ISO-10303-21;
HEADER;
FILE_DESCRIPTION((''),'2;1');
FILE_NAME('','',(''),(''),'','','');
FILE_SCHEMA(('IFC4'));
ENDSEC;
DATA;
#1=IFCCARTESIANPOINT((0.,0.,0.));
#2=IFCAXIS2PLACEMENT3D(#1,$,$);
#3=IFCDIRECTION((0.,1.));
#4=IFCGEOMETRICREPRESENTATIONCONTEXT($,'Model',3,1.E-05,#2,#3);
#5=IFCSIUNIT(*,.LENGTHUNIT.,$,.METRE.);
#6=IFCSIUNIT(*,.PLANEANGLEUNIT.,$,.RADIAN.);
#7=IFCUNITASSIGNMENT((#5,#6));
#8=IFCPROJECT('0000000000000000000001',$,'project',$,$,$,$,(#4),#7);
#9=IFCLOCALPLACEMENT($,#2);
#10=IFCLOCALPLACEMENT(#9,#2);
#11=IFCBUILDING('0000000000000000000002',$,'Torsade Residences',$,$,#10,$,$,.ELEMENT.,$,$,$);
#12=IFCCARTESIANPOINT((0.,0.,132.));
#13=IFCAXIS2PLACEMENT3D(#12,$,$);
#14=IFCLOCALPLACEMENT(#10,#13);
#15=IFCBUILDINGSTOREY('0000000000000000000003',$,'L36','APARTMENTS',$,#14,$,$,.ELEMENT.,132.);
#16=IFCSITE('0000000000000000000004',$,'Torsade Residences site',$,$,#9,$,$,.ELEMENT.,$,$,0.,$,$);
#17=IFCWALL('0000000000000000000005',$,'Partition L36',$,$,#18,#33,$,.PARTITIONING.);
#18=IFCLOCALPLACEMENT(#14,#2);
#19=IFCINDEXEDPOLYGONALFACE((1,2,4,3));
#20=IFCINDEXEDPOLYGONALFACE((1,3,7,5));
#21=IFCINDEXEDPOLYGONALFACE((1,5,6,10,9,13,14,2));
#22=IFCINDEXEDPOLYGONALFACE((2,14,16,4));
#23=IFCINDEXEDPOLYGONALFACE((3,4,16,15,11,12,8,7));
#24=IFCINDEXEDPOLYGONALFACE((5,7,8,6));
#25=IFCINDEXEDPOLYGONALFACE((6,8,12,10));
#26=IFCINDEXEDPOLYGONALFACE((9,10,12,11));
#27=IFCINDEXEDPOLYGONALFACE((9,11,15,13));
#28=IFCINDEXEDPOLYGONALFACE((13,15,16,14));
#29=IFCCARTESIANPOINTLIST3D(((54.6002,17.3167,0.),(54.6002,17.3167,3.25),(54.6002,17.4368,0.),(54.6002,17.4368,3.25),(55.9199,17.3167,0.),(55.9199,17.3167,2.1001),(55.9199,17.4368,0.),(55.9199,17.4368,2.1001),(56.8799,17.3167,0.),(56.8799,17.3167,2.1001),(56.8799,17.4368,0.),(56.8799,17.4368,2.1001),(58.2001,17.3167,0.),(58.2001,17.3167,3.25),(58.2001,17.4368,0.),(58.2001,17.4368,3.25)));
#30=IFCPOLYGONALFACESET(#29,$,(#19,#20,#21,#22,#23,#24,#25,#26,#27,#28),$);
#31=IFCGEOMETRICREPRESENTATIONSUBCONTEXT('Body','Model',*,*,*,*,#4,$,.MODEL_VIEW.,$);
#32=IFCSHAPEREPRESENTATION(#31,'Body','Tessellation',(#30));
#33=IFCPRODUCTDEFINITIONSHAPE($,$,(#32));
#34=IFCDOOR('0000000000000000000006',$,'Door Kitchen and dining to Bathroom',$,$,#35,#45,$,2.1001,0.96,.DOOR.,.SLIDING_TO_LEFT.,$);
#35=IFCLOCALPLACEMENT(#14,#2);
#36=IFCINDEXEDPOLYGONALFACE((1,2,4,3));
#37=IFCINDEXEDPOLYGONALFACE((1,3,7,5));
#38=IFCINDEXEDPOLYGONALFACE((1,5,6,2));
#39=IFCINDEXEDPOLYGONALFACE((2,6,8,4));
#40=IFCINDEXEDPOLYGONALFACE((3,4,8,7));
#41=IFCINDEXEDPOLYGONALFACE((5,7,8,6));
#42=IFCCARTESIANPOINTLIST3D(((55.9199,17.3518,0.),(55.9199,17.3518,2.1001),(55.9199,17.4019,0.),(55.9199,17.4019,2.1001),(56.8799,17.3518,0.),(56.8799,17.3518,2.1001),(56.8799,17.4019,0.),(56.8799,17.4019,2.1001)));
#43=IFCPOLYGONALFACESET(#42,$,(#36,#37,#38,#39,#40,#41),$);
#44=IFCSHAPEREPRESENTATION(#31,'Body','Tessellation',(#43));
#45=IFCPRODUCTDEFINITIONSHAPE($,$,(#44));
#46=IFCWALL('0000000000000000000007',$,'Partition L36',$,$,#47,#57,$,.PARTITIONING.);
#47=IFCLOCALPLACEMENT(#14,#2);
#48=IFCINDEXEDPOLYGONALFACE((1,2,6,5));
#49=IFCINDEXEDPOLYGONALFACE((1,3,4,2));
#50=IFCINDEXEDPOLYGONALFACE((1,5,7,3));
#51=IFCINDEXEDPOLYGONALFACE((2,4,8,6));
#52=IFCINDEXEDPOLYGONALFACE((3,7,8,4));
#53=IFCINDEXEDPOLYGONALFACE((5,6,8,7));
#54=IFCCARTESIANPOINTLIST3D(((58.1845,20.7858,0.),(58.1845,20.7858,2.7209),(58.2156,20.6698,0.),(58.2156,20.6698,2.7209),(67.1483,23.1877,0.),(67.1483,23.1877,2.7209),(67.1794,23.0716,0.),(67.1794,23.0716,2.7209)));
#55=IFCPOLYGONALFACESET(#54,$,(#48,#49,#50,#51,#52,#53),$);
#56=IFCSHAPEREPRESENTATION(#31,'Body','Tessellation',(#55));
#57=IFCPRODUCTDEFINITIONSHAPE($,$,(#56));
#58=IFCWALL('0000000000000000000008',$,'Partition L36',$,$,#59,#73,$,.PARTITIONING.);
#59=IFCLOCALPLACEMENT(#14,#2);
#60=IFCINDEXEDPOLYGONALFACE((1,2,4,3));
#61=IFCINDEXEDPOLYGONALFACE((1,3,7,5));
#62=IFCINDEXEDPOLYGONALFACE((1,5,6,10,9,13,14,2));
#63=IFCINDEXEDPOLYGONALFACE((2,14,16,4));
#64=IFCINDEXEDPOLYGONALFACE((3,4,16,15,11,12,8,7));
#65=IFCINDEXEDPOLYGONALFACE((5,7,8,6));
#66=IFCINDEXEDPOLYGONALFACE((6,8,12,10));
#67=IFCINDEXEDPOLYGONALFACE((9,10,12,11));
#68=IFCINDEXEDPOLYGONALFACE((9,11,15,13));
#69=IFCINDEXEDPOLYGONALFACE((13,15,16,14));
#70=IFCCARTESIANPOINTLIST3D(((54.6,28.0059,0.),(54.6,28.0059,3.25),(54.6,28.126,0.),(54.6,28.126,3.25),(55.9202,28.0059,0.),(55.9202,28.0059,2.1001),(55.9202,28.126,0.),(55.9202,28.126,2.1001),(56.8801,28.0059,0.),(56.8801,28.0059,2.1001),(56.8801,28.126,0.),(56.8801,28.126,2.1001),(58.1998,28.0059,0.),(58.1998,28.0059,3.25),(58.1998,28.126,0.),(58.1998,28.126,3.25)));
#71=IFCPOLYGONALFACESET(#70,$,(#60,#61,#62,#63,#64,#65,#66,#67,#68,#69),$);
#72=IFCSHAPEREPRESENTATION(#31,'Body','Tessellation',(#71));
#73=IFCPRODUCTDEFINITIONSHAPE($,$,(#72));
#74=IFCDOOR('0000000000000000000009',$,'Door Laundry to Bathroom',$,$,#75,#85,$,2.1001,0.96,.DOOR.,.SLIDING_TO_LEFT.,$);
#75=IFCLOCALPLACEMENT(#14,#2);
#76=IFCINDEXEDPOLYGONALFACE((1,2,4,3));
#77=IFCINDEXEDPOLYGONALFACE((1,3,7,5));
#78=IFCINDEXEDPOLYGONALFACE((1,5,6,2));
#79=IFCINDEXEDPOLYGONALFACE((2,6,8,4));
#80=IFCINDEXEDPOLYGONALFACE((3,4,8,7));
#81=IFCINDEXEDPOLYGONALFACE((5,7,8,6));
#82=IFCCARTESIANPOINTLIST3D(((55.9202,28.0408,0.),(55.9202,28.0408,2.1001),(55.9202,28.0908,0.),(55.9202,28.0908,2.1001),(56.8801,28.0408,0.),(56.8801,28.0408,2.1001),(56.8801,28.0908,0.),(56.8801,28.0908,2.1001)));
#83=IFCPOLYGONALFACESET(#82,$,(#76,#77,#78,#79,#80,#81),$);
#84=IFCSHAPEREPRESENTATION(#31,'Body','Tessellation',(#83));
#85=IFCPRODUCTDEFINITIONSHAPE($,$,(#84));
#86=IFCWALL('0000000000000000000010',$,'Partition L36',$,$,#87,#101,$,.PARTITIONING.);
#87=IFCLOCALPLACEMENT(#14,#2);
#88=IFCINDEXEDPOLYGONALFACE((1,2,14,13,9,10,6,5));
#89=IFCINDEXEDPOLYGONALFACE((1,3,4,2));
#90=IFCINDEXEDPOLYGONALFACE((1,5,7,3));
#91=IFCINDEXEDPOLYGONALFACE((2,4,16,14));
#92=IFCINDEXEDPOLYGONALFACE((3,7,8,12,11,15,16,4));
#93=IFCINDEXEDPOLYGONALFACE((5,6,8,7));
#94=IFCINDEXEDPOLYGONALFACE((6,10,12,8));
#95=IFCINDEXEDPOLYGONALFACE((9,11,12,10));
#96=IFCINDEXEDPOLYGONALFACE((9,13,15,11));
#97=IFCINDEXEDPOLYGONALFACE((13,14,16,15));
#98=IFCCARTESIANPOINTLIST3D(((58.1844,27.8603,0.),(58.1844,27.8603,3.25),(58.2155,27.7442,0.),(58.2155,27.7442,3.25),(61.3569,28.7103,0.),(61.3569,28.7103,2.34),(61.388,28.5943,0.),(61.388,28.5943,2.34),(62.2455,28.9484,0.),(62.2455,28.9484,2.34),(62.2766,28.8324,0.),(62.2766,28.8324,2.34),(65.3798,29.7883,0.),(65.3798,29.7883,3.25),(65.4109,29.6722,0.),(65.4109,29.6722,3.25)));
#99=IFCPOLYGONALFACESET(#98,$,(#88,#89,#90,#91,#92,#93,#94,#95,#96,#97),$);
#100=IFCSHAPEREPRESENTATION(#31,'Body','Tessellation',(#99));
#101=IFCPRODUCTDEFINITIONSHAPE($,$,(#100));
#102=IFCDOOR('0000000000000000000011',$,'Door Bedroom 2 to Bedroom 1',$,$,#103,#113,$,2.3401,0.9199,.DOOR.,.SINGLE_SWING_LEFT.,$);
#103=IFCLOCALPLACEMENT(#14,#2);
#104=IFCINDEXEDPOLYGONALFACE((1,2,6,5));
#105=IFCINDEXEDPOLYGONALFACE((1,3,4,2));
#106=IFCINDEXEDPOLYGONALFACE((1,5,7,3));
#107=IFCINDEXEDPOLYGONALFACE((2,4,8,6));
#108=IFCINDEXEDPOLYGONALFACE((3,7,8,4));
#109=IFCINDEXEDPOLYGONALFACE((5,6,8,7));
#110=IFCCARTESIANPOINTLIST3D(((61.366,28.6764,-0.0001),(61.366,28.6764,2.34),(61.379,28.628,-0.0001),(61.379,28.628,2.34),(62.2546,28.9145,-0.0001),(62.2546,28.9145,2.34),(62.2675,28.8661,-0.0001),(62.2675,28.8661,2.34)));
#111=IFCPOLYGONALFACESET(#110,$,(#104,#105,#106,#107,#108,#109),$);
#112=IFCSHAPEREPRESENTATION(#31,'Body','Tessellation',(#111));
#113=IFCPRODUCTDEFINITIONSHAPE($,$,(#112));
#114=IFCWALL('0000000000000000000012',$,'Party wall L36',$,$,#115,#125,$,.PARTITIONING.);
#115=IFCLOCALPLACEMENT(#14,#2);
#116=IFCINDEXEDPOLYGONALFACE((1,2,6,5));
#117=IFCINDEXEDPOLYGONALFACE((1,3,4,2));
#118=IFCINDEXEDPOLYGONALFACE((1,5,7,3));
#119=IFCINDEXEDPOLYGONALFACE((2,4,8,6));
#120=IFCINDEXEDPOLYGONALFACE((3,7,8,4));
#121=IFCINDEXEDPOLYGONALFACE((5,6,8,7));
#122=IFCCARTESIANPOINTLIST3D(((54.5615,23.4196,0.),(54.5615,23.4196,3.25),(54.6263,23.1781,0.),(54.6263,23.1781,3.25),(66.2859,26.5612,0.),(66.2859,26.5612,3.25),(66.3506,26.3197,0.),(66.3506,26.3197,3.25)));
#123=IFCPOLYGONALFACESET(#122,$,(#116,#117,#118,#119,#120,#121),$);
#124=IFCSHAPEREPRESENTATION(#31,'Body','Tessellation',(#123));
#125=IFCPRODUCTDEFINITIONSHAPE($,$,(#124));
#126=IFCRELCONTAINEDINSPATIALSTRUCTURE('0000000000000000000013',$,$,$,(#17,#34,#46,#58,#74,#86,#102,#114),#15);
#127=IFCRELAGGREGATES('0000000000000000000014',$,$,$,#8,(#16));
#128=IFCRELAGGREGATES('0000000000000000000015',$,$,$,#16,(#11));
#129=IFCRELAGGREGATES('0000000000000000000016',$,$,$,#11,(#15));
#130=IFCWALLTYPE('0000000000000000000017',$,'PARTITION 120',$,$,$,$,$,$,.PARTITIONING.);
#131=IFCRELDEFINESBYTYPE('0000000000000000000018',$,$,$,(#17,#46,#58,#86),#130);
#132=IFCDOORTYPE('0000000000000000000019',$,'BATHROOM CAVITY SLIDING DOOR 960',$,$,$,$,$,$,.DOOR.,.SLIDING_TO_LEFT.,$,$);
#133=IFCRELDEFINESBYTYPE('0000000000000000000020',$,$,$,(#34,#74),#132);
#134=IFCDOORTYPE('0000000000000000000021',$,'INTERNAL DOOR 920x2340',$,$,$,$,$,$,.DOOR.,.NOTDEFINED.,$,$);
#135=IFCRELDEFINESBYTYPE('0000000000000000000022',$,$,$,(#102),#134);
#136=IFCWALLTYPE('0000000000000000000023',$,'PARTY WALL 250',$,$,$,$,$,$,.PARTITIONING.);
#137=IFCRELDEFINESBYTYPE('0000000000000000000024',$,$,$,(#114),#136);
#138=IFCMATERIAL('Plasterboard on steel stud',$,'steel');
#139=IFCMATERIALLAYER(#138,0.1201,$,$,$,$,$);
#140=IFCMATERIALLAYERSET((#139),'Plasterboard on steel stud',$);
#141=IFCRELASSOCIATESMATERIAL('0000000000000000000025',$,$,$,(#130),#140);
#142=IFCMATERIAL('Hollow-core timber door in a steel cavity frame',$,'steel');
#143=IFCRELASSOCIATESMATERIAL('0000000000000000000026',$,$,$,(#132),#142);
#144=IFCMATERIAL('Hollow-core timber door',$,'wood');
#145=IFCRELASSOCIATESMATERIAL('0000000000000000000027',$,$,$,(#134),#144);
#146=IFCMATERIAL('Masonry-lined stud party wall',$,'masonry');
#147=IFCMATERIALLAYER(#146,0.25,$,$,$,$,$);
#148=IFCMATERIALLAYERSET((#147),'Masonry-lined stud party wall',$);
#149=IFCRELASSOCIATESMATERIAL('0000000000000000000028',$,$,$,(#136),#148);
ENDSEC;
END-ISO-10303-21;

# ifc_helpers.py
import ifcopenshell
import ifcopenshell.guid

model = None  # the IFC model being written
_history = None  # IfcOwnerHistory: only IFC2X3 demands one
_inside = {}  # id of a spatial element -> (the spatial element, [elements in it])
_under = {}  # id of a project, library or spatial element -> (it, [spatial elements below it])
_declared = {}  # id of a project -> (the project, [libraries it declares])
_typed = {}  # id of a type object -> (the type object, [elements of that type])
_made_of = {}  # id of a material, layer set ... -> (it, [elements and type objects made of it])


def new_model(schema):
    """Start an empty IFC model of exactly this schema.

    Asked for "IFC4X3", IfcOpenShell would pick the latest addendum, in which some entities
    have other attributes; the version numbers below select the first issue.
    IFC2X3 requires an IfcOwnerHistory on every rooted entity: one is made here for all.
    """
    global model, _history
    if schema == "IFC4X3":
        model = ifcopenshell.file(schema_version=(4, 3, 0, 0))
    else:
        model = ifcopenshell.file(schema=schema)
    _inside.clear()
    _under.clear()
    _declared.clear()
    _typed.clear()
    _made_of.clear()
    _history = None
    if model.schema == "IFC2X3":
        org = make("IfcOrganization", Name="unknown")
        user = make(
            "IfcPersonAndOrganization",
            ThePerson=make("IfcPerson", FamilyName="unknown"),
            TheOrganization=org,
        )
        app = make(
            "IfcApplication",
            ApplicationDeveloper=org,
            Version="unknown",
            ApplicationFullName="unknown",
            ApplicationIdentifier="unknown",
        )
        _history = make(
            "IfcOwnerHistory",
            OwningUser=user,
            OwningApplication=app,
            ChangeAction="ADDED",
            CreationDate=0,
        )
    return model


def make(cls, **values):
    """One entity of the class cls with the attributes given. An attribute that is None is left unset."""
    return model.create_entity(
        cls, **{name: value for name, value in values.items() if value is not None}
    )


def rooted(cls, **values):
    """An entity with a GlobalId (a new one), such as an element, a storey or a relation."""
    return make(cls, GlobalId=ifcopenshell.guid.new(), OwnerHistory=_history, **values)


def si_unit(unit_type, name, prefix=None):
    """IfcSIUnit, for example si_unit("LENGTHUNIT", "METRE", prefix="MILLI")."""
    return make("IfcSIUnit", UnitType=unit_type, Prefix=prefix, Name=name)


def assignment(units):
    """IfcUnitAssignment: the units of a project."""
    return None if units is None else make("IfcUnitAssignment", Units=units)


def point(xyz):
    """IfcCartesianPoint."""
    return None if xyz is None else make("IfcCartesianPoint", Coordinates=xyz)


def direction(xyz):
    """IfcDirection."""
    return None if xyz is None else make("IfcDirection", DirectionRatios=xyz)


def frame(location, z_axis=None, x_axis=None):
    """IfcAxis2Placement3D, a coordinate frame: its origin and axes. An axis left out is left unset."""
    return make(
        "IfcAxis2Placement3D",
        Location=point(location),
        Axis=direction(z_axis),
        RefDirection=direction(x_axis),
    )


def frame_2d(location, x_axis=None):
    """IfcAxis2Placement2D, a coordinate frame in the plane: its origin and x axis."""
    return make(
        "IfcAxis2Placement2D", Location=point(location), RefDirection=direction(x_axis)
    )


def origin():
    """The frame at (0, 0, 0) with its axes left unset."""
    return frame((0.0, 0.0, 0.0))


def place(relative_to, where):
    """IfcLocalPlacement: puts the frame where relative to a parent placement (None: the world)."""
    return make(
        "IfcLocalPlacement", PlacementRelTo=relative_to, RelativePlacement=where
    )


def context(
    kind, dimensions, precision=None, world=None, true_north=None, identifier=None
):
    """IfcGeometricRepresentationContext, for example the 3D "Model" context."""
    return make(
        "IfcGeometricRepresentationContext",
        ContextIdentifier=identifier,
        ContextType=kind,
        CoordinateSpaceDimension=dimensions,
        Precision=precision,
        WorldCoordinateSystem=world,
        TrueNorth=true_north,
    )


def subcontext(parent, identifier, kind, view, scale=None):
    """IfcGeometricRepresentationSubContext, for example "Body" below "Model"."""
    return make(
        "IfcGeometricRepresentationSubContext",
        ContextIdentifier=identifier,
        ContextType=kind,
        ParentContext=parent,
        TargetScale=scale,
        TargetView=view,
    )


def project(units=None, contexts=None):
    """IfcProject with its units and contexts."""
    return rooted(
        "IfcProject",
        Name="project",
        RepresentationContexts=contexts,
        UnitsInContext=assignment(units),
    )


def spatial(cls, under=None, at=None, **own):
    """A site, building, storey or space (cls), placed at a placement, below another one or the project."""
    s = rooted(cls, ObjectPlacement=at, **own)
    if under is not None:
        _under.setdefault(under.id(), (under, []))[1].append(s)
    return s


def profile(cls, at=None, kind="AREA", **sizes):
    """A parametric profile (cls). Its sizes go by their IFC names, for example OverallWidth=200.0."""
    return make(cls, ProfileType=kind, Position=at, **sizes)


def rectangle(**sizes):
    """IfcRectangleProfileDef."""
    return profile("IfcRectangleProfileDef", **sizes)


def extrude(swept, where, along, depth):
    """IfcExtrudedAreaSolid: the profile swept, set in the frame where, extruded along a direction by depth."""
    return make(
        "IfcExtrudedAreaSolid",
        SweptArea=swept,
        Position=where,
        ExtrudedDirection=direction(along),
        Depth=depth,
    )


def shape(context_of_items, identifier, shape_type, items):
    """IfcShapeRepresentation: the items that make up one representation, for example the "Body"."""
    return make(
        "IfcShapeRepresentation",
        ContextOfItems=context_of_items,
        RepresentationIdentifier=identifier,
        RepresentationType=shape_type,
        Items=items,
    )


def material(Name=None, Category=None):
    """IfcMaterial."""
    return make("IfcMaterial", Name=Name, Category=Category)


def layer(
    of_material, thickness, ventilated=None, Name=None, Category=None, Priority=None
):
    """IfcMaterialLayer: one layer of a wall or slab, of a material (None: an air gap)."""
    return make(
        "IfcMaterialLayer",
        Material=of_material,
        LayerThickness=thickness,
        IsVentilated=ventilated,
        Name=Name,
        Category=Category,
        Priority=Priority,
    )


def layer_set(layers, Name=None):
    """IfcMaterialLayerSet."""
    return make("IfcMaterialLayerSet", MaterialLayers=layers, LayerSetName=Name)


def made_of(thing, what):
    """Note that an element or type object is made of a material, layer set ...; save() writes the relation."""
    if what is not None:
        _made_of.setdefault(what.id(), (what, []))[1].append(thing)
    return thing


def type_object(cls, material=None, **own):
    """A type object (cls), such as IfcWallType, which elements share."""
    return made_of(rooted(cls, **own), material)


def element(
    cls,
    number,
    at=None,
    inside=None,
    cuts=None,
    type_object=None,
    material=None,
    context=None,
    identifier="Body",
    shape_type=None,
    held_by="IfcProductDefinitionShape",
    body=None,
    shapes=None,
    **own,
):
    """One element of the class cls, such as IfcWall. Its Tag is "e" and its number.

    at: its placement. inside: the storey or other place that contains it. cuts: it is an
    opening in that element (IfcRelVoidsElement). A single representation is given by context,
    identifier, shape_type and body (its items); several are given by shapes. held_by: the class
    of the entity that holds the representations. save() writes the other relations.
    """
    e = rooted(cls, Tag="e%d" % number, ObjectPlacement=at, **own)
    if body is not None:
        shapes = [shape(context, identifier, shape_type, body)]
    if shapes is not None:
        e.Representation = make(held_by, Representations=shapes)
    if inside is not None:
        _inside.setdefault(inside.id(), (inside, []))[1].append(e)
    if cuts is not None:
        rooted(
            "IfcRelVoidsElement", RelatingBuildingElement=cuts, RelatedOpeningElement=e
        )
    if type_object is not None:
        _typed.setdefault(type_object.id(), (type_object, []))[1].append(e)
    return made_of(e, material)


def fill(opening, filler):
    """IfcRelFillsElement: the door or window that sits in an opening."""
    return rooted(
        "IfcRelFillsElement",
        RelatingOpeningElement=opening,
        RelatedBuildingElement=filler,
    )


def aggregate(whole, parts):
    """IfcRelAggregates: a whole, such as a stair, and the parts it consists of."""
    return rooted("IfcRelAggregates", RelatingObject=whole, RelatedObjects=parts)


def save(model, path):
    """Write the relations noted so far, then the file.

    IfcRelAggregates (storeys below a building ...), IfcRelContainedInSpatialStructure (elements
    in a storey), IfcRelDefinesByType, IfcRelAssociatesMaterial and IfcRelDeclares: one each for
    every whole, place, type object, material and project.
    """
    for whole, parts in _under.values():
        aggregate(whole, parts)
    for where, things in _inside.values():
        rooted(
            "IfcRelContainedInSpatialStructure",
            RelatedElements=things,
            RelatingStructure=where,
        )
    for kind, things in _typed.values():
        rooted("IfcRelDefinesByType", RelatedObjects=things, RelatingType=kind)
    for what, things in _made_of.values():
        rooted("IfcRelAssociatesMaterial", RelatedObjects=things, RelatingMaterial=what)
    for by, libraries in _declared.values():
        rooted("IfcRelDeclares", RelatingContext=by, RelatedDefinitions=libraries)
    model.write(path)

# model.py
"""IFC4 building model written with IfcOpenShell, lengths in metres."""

from ifc_helpers import new_model, si_unit, direction, frame, frame_2d, origin, place, context, subcontext, project, spatial, rectangle, extrude, material, layer, layer_set, type_object, element, fill, save


model = new_model("IFC4")

# Units and contexts
model_context = context("Model", 3, precision=1e-05, world=origin(), true_north=direction((0.0, 1.0)))
body_context = subcontext(model_context, "Body", "Model", "MODEL_VIEW")
ifc_project = project(units=[si_unit("LENGTHUNIT", "METRE"), si_unit("PLANEANGLEUNIT", "RADIAN")], contexts=[model_context])

# Site, building, storey
site_placement = place(None, origin())
site = spatial("IfcSite", under=ifc_project, at=site_placement, Name="Torsade Residences site", CompositionType="ELEMENT", RefElevation=0.0)
building_placement = place(site_placement, origin())
building = spatial("IfcBuilding", under=site, at=building_placement, Name="Torsade Residences", CompositionType="ELEMENT")
storey_placement = place(building_placement, frame((0.0, 0.0, 132.0)))
storey = spatial("IfcBuildingStorey", under=building, at=storey_placement, Name="L36", Description="APARTMENTS", CompositionType="ELEMENT", Elevation=132.0)

# Wall, opening, door
ifc_material_1 = material(Name="Plasterboard on steel stud", Category="steel")
ifc_layer_1 = layer(ifc_material_1, 0.1201)
ifc_layer_set_1 = layer_set([ifc_layer_1], Name="Plasterboard on steel stud")
wall_type_1 = type_object("IfcWallType", Name="PARTITION 120", PredefinedType="PARTITIONING", material=ifc_layer_set_1)
wall_1_placement = place(storey_placement, frame((58.2, 17.3767, 0.0), z_axis=(0.0, 0.0, 1.0), x_axis=(-1.0, 0.0, 0.0)))
wall_1 = element("IfcWall", 1, at=wall_1_placement, inside=storey, type_object=wall_type_1, Name="Partition L36", PredefinedType="PARTITIONING", context=body_context, shape_type="SweptSolid", body=[
    extrude(rectangle(XDim=3.5999, YDim=0.1201, at=frame_2d((1.7998, 0.0))), origin(), (0.0, 0.0, 1.0), 3.25),
])
opening_1_placement = place(wall_1_placement, frame((1.3201, 0.0, 0.0)))
opening_1 = element("IfcOpeningElement", 2, at=opening_1_placement, cuts=wall_1, PredefinedType="OPENING", context=body_context, shape_type="SweptSolid", body=[
    extrude(rectangle(XDim=0.96, YDim=2.1001, at=frame_2d((0.48, 1.05))), frame((0.0, 0.0701, 0.0), z_axis=(0.0, -1.0, 0.0), x_axis=(1.0, 0.0, 0.0)), (0.0, 0.0, 1.0), 0.1401),
])
ifc_material_2 = material(Name="Hollow-core timber door in a steel cavity frame", Category="steel")
door_type_1 = type_object("IfcDoorType", Name="BATHROOM CAVITY SLIDING DOOR 960", OperationType="SLIDING_TO_LEFT", PredefinedType="DOOR", material=ifc_material_2)
door_1_placement = place(opening_1_placement, origin())
door_1 = element("IfcDoor", 3, at=door_1_placement, inside=storey, type_object=door_type_1, Name="Door Kitchen and dining to Bathroom", OperationType="SLIDING_TO_LEFT", OverallHeight=2.1001, OverallWidth=0.96, PredefinedType="DOOR", context=body_context, shape_type="SweptSolid", body=[
    extrude(rectangle(XDim=0.96, YDim=2.1001, at=frame_2d((0.48, 1.05))), frame((0.0, 0.0249, 0.0), z_axis=(0.0, -1.0, 0.0), x_axis=(1.0, 0.0, 0.0)), (0.0, 0.0, 1.0), 0.05),
])
fill(opening_1, door_1)

# Wall
wall_2_placement = place(storey_placement, frame((58.2, 20.7278, 0.0), z_axis=(0.0, 0.0, 1.0), x_axis=(0.965926, 0.258818, 0.0)))
element("IfcWall", 4, at=wall_2_placement, inside=storey, type_object=wall_type_1, Name="Partition L36", PredefinedType="PARTITIONING", context=body_context, shape_type="SweptSolid", body=[
    extrude(rectangle(XDim=9.28, YDim=0.1201, at=frame_2d((4.6401, 0.0))), origin(), (0.0, 0.0, 1.0), 2.7209),
])

# Walls, openings, doors
wall_3_placement = place(storey_placement, frame((54.6001, 28.0659, 0.0), z_axis=(0.0, 0.0, 1.0), x_axis=(1.0, 0.0, 0.0)))
wall_3 = element("IfcWall", 5, at=wall_3_placement, inside=storey, type_object=wall_type_1, Name="Partition L36", PredefinedType="PARTITIONING", context=body_context, shape_type="SweptSolid", body=[
    extrude(rectangle(XDim=3.5999, YDim=0.1201, at=frame_2d((1.7998, 0.0))), origin(), (0.0, 0.0, 1.0), 3.25),
])
opening_2_placement = place(wall_3_placement, frame((1.3201, 0.0, 0.0)))
opening_2 = element("IfcOpeningElement", 6, at=opening_2_placement, cuts=wall_3, PredefinedType="OPENING", context=body_context, shape_type="SweptSolid", body=[
    extrude(rectangle(XDim=0.96, YDim=2.1001, at=frame_2d((0.48, 1.05))), frame((0.0, 0.0701, 0.0), z_axis=(0.0, -1.0, 0.0), x_axis=(1.0, 0.0, 0.0)), (0.0, 0.0, 1.0), 0.1401),
])
door_2_placement = place(opening_2_placement, origin())
door_2 = element("IfcDoor", 7, at=door_2_placement, inside=storey, type_object=door_type_1, Name="Door Laundry to Bathroom", OperationType="SLIDING_TO_LEFT", OverallHeight=2.1001, OverallWidth=0.96, PredefinedType="DOOR", context=body_context, shape_type="SweptSolid", body=[
    extrude(rectangle(XDim=0.96, YDim=2.1001, at=frame_2d((0.48, 1.05))), frame((0.0, 0.0249, 0.0), z_axis=(0.0, -1.0, 0.0), x_axis=(1.0, 0.0, 0.0)), (0.0, 0.0, 1.0), 0.05),
])
fill(opening_2, door_2)
wall_4_placement = place(storey_placement, frame((58.2, 27.8022, 0.0), z_axis=(0.0, 0.0, 1.0), x_axis=(0.965926, 0.258819, 0.0)))
wall_4 = element("IfcWall", 8, at=wall_4_placement, inside=storey, type_object=wall_type_1, Name="Partition L36", PredefinedType="PARTITIONING", context=body_context, shape_type="SweptSolid", body=[
    extrude(rectangle(XDim=7.4492, YDim=0.1201, at=frame_2d((3.7246, 0.0))), origin(), (0.0, 0.0, 1.0), 3.25),
])
opening_3_placement = place(wall_4_placement, frame((3.2844, 0.0, 0.0)))
opening_3 = element("IfcOpeningElement", 9, at=opening_3_placement, cuts=wall_4, PredefinedType="OPENING", context=body_context, shape_type="SweptSolid", body=[
    extrude(rectangle(XDim=0.9199, YDim=2.3401, at=frame_2d((0.46, 1.1699))), frame((0.0, 0.0701, 0.0), z_axis=(0.0, -1.0, 0.0), x_axis=(1.0, 0.0, 0.0)), (0.0, 0.0, 1.0), 0.1401),
])
ifc_material_3 = material(Name="Hollow-core timber door", Category="wood")
door_type_2 = type_object("IfcDoorType", Name="INTERNAL DOOR 920x2340", OperationType="NOTDEFINED", PredefinedType="DOOR", material=ifc_material_3)
door_3_placement = place(opening_3_placement, origin())
door_3 = element("IfcDoor", 10, at=door_3_placement, inside=storey, type_object=door_type_2, Name="Door Bedroom 2 to Bedroom 1", OperationType="SINGLE_SWING_LEFT", OverallHeight=2.3401, OverallWidth=0.9199, PredefinedType="DOOR", context=body_context, shape_type="SweptSolid", body=[
    extrude(rectangle(XDim=0.9199, YDim=2.3401, at=frame_2d((0.46, 1.1699))), frame((0.0, 0.0249, 0.0), z_axis=(0.0, -1.0, 0.0), x_axis=(1.0, 0.0, 0.0)), (0.0, 0.0, 1.0), 0.05),
])
fill(opening_3, door_3)

# Wall
ifc_material_4 = material(Name="Masonry-lined stud party wall", Category="masonry")
ifc_layer_2 = layer(ifc_material_4, 0.25)
ifc_layer_set_2 = layer_set([ifc_layer_2], Name="Masonry-lined stud party wall")
wall_type_2 = type_object("IfcWallType", Name="PARTY WALL 250", PredefinedType="PARTITIONING", material=ifc_layer_set_2)
wall_5_placement = place(storey_placement, frame((66.3181, 26.4404, 0.0), z_axis=(0.0, 0.0, 1.0), x_axis=(-0.965924, -0.258824, 0.0)))
element("IfcWall", 11, at=wall_5_placement, inside=storey, type_object=wall_type_2, Name="Party wall L36", PredefinedType="PARTITIONING", context=body_context, shape_type="SweptSolid", body=[
    extrude(rectangle(XDim=12.1379, YDim=0.25, at=frame_2d((6.0688, 0.0))), origin(), (0.0, 0.0, 1.0), 3.25),
])

save(model, "model.ifc")
